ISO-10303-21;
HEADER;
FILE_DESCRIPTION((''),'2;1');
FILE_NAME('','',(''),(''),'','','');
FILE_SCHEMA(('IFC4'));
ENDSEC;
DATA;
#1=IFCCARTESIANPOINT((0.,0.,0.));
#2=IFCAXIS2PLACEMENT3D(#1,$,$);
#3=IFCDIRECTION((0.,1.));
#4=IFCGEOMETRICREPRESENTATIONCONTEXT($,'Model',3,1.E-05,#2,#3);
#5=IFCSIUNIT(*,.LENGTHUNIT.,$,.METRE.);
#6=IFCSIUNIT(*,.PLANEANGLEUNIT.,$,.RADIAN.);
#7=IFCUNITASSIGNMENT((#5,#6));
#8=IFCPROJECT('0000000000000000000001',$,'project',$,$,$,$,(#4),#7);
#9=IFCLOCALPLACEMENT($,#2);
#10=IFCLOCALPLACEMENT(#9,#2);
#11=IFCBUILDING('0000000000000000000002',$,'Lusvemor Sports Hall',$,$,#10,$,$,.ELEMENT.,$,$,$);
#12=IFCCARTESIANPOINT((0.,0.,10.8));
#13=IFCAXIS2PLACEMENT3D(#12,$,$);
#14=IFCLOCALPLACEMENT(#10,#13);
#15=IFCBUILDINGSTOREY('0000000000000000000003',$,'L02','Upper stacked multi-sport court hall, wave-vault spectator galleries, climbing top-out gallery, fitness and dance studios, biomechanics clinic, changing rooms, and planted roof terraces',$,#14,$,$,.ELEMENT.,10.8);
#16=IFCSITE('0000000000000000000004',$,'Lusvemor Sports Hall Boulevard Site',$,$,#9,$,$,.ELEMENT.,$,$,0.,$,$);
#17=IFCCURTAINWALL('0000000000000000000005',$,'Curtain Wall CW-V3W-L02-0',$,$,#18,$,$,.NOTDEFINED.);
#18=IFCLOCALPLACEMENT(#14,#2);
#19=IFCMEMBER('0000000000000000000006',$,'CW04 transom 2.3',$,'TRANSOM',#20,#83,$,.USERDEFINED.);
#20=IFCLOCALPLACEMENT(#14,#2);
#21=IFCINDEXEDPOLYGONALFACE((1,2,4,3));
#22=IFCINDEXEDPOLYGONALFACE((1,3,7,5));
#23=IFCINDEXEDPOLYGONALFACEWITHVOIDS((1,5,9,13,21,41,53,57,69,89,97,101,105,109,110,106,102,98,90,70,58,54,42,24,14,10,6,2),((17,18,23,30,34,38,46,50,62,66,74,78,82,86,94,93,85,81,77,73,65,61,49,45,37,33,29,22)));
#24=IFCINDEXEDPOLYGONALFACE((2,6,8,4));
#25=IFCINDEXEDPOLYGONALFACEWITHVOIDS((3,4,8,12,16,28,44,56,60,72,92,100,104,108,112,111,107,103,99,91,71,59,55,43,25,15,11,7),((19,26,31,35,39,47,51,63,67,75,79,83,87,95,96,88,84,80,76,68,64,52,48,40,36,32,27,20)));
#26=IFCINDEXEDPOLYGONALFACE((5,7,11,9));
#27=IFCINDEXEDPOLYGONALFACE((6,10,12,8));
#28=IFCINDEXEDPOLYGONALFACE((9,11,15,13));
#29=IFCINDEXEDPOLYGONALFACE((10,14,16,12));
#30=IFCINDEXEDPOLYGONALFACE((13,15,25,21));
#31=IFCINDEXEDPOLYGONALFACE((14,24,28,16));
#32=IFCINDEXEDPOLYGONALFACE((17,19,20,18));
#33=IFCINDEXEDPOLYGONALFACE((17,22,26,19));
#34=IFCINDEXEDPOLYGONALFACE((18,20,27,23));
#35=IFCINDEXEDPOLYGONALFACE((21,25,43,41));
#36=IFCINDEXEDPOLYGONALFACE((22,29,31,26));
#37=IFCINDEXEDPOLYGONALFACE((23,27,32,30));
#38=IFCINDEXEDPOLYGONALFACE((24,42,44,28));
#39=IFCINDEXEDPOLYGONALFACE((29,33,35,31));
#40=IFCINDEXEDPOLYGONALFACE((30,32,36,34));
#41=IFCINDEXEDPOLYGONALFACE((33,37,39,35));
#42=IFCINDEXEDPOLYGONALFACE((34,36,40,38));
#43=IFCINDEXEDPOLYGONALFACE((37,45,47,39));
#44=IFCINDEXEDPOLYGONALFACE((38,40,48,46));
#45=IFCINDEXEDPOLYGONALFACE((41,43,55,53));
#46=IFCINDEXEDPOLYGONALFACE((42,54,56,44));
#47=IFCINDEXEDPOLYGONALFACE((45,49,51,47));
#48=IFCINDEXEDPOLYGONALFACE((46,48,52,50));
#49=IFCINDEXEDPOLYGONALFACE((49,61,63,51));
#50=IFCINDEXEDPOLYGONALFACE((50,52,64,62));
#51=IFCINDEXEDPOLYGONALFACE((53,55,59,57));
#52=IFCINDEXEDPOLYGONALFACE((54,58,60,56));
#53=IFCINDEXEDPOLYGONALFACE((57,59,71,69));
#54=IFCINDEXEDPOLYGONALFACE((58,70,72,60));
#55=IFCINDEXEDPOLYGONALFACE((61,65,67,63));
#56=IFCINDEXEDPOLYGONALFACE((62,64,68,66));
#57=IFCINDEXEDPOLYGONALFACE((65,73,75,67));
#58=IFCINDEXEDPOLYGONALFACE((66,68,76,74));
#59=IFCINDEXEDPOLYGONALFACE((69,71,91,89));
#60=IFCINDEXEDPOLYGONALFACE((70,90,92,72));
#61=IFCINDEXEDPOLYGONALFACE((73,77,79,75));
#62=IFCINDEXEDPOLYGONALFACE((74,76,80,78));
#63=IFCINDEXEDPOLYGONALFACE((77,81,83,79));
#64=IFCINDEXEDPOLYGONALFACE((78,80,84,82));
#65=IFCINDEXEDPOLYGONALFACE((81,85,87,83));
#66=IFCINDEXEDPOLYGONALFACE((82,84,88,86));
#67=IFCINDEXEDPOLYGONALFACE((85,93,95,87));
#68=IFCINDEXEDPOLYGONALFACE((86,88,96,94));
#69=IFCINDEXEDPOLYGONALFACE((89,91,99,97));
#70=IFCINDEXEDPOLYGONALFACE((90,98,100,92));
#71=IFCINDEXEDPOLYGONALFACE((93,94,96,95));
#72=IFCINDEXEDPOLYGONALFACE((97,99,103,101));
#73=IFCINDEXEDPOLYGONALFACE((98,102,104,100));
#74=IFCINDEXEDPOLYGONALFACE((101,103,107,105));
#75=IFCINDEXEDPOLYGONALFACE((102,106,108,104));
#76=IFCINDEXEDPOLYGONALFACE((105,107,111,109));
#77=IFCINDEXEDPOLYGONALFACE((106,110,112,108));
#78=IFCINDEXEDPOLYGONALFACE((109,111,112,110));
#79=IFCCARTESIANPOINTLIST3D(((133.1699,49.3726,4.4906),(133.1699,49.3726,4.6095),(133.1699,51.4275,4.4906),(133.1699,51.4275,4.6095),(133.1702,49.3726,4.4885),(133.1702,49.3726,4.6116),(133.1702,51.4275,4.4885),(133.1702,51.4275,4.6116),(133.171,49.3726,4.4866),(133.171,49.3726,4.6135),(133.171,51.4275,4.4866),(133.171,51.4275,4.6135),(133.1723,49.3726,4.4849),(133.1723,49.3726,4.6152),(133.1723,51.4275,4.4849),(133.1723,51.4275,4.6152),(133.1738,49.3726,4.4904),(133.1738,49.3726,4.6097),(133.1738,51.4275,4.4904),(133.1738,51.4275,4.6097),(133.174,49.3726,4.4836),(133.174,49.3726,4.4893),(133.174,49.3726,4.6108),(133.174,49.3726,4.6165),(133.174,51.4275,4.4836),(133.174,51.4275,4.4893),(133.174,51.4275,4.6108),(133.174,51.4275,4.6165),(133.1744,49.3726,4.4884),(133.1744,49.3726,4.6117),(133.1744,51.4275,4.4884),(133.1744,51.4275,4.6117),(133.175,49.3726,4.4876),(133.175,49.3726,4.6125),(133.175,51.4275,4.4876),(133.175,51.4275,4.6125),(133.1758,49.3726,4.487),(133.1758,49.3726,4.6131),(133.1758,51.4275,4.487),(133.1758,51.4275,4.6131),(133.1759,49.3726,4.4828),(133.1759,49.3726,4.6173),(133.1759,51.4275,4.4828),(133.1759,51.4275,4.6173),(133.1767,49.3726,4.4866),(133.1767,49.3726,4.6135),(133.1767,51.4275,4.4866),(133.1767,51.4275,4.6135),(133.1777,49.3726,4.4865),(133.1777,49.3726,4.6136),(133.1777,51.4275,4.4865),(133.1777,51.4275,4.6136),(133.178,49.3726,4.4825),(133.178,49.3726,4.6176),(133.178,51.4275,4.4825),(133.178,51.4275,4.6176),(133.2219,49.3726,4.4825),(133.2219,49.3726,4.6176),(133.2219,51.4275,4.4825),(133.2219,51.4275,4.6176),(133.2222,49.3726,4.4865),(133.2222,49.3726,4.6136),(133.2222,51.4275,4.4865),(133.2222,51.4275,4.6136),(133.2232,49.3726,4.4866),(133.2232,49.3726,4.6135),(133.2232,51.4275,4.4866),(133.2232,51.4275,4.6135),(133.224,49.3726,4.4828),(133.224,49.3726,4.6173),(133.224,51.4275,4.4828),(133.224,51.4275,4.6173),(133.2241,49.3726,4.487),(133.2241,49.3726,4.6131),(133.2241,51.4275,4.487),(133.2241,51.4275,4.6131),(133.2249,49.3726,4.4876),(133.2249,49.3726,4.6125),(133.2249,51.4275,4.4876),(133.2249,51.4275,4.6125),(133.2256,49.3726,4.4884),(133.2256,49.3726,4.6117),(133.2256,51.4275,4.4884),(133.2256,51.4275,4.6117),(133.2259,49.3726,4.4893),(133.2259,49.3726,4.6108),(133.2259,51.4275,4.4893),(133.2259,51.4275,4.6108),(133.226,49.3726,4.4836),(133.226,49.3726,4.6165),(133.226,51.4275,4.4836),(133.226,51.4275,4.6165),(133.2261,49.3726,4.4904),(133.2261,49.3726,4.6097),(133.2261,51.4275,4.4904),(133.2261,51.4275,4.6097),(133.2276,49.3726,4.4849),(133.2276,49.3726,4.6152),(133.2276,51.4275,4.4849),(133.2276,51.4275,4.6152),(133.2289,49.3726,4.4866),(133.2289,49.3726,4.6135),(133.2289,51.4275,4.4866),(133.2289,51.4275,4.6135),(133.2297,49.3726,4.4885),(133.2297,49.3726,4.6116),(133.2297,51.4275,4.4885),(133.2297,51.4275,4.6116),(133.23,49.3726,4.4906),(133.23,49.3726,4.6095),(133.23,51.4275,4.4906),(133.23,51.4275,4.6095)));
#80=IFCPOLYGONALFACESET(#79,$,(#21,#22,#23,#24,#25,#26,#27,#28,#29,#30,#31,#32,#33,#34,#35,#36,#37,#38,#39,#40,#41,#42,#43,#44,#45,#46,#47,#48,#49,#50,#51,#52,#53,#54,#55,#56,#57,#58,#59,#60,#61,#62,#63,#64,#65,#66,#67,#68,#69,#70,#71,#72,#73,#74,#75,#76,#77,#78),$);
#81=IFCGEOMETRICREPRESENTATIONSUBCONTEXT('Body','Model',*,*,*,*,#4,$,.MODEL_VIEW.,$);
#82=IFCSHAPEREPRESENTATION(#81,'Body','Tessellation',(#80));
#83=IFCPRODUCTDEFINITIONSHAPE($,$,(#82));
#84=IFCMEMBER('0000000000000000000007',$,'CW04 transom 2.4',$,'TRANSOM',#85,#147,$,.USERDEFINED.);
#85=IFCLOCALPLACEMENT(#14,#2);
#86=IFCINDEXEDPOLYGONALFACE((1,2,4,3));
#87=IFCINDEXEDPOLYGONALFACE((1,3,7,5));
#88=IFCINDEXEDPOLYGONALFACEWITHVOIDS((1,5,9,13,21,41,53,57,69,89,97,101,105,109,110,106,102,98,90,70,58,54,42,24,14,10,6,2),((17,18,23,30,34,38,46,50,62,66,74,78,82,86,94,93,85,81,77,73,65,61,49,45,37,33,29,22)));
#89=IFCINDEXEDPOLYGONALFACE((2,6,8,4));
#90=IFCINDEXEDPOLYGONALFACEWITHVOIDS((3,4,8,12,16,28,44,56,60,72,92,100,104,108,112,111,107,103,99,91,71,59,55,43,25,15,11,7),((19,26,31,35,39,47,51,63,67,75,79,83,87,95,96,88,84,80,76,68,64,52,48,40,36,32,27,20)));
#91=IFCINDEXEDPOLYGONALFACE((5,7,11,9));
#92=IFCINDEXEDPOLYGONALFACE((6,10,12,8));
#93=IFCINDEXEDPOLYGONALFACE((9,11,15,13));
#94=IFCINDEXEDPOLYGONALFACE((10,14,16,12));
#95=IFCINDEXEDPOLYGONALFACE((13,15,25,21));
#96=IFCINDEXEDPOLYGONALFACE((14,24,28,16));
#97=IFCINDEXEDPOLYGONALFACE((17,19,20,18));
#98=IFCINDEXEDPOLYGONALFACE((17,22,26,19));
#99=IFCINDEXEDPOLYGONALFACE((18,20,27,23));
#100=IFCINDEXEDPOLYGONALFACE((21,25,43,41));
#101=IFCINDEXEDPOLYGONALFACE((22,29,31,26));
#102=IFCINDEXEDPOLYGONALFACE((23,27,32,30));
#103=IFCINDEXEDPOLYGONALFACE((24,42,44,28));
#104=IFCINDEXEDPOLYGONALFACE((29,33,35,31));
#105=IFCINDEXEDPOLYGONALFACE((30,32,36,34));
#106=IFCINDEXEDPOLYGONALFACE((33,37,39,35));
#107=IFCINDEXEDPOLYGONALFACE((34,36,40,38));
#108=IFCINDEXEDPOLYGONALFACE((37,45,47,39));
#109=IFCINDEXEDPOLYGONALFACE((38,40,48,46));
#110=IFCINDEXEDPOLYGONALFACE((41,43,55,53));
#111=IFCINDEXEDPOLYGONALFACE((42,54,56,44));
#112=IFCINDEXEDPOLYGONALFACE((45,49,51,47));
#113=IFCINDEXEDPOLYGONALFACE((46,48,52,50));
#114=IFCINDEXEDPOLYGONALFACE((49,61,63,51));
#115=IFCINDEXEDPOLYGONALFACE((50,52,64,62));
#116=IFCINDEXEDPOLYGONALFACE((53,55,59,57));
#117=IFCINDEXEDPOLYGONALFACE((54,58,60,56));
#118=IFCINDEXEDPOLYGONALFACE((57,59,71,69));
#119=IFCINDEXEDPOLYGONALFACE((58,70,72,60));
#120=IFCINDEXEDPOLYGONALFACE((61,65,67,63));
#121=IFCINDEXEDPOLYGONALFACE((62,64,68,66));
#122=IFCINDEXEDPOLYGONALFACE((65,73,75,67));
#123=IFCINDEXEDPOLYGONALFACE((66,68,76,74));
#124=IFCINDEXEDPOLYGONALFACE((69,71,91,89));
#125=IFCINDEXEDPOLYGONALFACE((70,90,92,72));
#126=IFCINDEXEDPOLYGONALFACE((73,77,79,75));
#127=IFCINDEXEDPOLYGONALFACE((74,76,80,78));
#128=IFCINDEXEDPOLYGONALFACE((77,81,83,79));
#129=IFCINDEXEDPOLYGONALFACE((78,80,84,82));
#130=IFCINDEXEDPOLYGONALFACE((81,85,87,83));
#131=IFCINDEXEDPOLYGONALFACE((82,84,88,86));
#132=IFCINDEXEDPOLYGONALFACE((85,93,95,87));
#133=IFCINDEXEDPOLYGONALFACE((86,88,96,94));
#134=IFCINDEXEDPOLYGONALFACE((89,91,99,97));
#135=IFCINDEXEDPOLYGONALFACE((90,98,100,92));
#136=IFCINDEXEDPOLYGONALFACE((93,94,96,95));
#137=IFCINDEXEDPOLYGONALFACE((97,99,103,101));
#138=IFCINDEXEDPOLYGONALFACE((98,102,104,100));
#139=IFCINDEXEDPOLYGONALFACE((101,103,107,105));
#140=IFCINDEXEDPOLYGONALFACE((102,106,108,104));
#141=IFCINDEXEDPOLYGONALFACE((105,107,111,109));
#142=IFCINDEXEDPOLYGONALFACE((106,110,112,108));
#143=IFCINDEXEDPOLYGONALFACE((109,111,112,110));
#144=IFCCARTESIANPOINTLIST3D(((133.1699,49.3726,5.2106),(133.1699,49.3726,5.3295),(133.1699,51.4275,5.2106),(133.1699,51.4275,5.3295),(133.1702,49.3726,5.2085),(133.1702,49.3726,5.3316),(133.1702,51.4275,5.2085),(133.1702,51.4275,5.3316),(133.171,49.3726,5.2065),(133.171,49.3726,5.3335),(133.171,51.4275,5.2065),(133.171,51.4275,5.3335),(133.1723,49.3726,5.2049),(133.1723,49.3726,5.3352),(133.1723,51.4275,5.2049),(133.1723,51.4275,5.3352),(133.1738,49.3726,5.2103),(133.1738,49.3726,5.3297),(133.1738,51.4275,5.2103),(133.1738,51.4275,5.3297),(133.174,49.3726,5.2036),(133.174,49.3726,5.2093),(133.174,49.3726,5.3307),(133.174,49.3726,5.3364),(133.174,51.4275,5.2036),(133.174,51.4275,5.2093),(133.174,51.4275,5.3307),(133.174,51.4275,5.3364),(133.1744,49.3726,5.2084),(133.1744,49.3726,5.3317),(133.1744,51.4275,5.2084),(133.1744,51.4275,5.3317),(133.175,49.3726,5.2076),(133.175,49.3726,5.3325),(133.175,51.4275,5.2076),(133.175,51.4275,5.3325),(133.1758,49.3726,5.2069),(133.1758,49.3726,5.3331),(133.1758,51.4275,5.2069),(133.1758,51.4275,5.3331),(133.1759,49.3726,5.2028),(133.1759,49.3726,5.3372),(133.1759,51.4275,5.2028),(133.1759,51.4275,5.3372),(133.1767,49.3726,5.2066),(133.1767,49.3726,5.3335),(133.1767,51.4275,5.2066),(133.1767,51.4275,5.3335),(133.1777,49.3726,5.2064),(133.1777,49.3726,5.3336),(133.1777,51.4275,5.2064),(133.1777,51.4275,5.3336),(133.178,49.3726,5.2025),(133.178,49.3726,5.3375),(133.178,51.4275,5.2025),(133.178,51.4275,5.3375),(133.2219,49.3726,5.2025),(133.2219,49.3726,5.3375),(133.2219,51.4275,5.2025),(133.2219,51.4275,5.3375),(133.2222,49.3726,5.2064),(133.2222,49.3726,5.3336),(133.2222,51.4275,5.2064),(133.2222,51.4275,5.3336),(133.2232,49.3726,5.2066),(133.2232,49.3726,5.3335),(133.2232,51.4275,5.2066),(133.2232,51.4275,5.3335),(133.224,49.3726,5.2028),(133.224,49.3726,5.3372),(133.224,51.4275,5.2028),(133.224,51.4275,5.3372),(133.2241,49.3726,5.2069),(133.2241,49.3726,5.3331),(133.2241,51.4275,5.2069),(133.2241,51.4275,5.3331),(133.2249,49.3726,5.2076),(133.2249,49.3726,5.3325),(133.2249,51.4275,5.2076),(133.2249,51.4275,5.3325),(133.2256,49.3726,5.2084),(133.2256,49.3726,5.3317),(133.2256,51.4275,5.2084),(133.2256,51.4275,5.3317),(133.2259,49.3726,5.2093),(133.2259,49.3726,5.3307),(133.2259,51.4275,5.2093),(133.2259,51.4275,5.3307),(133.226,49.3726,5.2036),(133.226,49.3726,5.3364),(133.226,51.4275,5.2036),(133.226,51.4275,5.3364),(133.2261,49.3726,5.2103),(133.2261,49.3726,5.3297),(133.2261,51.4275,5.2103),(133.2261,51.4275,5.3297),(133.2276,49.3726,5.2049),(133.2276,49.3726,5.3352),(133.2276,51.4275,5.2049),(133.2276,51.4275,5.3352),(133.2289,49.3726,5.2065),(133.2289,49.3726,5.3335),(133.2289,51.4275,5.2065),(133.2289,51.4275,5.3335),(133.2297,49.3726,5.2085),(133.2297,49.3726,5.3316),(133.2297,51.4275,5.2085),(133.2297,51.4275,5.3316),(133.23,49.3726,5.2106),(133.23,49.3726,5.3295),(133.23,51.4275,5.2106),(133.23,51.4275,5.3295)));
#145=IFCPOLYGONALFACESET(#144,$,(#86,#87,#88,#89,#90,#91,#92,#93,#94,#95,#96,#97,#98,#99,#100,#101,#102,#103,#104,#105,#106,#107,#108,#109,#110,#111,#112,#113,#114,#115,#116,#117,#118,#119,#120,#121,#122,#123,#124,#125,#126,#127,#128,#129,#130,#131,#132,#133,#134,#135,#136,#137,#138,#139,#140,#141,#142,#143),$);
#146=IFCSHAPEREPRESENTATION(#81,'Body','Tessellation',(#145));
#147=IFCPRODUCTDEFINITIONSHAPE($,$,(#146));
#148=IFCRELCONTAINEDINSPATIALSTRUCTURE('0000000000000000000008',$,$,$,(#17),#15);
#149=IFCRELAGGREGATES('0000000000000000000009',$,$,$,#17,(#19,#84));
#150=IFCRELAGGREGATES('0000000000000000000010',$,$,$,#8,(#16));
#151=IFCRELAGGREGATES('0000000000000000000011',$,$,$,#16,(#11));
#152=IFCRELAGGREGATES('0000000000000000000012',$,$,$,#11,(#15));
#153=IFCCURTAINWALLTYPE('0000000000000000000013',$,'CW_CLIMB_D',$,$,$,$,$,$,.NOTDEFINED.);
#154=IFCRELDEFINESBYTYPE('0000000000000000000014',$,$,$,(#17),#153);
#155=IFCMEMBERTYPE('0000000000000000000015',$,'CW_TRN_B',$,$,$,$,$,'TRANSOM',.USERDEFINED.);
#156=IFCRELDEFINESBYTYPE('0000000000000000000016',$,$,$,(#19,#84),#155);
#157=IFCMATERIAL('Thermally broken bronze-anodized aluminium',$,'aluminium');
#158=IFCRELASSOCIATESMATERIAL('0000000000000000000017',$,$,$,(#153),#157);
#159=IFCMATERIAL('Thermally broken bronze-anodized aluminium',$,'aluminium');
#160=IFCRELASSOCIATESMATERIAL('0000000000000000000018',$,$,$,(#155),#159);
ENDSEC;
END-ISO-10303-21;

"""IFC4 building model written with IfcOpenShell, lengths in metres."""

from ifc_helpers import new_model, si_unit, direction, frame, origin, origin_2d, place, context, subcontext, project, spatial, hollow_rectangle, extrude, material, material_profile, profile_set, type_object, element, aggregate, save


model = new_model("IFC4")

# Units and contexts
model_context = context("Model", 3, precision=1e-05, world=origin(), true_north=direction((0.0, 1.0)))
body_context = subcontext(model_context, "Body", "Model", "MODEL_VIEW")
ifc_project = project(units=[si_unit("LENGTHUNIT", "METRE"), si_unit("PLANEANGLEUNIT", "RADIAN")], contexts=[model_context])

# Site, building, storey
site_placement = place(None, origin())
site = spatial("IfcSite", under=ifc_project, at=site_placement, Name="Lusvemor Sports Hall Boulevard Site", CompositionType="ELEMENT", RefElevation=0.0)
building_placement = place(site_placement, origin())
building = spatial("IfcBuilding", under=site, at=building_placement, Name="Lusvemor Sports Hall", CompositionType="ELEMENT")
storey_placement = place(building_placement, frame((0.0, 0.0, 10.8)))
storey = spatial("IfcBuildingStorey", under=building, at=storey_placement, Name="L02", Description="Upper stacked multi-sport court hall, wave-vault spectator galleries, climbing top-out gallery, fitness and dance studios, biomechanics clinic, changing rooms, and planted roof terraces", CompositionType="ELEMENT", Elevation=10.8)

# Curtain wall
ifc_material_1 = material(Name="Thermally broken bronze-anodized aluminium", Category="aluminium")
curtain_wall_type = type_object("IfcCurtainWallType", Name="CW_CLIMB_D", PredefinedType="NOTDEFINED", material=ifc_material_1)
curtain_wall_1_placement = place(storey_placement, origin())
curtain_wall_1 = element("IfcCurtainWall", 1, at=curtain_wall_1_placement, inside=storey, type_object=curtain_wall_type, Name="Curtain Wall CW-V3W-L02-0", PredefinedType="NOTDEFINED")

# Members
ifc_material_2 = material(Name="Thermally broken bronze-anodized aluminium", Category="aluminium")
ifc_material_profile_1 = material_profile(ifc_material_2, hollow_rectangle(XDim=0.0601, YDim=0.135, WallThickness=0.0039, InnerFilletRadius=0.0039, OuterFilletRadius=0.0081, at=origin_2d()), Name="CWTRN135x60x4")
ifc_profile_set_1 = profile_set([ifc_material_profile_1], Name="Thermally broken bronze-anodized aluminium")
member_type_1 = type_object("IfcMemberType", Name="CW_TRN_B", ElementType="TRANSOM", PredefinedType="USERDEFINED", material=ifc_profile_set_1)
member_1_placement = place(storey_placement, frame((133.2, 49.3726, 4.55), z_axis=(0.0, 1.0, 0.0), x_axis=(-1.0, 0.0, 0.0)))
member_1 = element("IfcMember", 2, at=member_1_placement, type_object=member_type_1, Name="CW04 transom 2.3", ObjectType="TRANSOM", PredefinedType="USERDEFINED", context=body_context, shape_type="SweptSolid", body=[
    extrude(hollow_rectangle(XDim=0.0601, YDim=0.135, WallThickness=0.0039, InnerFilletRadius=0.0039, OuterFilletRadius=0.0081, at=origin_2d()), origin(), (0.0, 0.0, 1.0), 2.0549),
])
member_2_placement = place(storey_placement, frame((133.2, 49.3726, 5.27), z_axis=(0.0, 1.0, 0.0), x_axis=(-1.0, 0.0, 0.0)))
member_2 = element("IfcMember", 3, at=member_2_placement, type_object=member_type_1, Name="CW04 transom 2.4", ObjectType="TRANSOM", PredefinedType="USERDEFINED", context=body_context, shape_type="SweptSolid", body=[
    extrude(hollow_rectangle(XDim=0.0601, YDim=0.135, WallThickness=0.0039, InnerFilletRadius=0.0039, OuterFilletRadius=0.0081, at=origin_2d()), origin(), (0.0, 0.0, 1.0), 2.0549),
])

aggregate(curtain_wall_1, [member_1, member_2])

save(model, "model.ifc")
